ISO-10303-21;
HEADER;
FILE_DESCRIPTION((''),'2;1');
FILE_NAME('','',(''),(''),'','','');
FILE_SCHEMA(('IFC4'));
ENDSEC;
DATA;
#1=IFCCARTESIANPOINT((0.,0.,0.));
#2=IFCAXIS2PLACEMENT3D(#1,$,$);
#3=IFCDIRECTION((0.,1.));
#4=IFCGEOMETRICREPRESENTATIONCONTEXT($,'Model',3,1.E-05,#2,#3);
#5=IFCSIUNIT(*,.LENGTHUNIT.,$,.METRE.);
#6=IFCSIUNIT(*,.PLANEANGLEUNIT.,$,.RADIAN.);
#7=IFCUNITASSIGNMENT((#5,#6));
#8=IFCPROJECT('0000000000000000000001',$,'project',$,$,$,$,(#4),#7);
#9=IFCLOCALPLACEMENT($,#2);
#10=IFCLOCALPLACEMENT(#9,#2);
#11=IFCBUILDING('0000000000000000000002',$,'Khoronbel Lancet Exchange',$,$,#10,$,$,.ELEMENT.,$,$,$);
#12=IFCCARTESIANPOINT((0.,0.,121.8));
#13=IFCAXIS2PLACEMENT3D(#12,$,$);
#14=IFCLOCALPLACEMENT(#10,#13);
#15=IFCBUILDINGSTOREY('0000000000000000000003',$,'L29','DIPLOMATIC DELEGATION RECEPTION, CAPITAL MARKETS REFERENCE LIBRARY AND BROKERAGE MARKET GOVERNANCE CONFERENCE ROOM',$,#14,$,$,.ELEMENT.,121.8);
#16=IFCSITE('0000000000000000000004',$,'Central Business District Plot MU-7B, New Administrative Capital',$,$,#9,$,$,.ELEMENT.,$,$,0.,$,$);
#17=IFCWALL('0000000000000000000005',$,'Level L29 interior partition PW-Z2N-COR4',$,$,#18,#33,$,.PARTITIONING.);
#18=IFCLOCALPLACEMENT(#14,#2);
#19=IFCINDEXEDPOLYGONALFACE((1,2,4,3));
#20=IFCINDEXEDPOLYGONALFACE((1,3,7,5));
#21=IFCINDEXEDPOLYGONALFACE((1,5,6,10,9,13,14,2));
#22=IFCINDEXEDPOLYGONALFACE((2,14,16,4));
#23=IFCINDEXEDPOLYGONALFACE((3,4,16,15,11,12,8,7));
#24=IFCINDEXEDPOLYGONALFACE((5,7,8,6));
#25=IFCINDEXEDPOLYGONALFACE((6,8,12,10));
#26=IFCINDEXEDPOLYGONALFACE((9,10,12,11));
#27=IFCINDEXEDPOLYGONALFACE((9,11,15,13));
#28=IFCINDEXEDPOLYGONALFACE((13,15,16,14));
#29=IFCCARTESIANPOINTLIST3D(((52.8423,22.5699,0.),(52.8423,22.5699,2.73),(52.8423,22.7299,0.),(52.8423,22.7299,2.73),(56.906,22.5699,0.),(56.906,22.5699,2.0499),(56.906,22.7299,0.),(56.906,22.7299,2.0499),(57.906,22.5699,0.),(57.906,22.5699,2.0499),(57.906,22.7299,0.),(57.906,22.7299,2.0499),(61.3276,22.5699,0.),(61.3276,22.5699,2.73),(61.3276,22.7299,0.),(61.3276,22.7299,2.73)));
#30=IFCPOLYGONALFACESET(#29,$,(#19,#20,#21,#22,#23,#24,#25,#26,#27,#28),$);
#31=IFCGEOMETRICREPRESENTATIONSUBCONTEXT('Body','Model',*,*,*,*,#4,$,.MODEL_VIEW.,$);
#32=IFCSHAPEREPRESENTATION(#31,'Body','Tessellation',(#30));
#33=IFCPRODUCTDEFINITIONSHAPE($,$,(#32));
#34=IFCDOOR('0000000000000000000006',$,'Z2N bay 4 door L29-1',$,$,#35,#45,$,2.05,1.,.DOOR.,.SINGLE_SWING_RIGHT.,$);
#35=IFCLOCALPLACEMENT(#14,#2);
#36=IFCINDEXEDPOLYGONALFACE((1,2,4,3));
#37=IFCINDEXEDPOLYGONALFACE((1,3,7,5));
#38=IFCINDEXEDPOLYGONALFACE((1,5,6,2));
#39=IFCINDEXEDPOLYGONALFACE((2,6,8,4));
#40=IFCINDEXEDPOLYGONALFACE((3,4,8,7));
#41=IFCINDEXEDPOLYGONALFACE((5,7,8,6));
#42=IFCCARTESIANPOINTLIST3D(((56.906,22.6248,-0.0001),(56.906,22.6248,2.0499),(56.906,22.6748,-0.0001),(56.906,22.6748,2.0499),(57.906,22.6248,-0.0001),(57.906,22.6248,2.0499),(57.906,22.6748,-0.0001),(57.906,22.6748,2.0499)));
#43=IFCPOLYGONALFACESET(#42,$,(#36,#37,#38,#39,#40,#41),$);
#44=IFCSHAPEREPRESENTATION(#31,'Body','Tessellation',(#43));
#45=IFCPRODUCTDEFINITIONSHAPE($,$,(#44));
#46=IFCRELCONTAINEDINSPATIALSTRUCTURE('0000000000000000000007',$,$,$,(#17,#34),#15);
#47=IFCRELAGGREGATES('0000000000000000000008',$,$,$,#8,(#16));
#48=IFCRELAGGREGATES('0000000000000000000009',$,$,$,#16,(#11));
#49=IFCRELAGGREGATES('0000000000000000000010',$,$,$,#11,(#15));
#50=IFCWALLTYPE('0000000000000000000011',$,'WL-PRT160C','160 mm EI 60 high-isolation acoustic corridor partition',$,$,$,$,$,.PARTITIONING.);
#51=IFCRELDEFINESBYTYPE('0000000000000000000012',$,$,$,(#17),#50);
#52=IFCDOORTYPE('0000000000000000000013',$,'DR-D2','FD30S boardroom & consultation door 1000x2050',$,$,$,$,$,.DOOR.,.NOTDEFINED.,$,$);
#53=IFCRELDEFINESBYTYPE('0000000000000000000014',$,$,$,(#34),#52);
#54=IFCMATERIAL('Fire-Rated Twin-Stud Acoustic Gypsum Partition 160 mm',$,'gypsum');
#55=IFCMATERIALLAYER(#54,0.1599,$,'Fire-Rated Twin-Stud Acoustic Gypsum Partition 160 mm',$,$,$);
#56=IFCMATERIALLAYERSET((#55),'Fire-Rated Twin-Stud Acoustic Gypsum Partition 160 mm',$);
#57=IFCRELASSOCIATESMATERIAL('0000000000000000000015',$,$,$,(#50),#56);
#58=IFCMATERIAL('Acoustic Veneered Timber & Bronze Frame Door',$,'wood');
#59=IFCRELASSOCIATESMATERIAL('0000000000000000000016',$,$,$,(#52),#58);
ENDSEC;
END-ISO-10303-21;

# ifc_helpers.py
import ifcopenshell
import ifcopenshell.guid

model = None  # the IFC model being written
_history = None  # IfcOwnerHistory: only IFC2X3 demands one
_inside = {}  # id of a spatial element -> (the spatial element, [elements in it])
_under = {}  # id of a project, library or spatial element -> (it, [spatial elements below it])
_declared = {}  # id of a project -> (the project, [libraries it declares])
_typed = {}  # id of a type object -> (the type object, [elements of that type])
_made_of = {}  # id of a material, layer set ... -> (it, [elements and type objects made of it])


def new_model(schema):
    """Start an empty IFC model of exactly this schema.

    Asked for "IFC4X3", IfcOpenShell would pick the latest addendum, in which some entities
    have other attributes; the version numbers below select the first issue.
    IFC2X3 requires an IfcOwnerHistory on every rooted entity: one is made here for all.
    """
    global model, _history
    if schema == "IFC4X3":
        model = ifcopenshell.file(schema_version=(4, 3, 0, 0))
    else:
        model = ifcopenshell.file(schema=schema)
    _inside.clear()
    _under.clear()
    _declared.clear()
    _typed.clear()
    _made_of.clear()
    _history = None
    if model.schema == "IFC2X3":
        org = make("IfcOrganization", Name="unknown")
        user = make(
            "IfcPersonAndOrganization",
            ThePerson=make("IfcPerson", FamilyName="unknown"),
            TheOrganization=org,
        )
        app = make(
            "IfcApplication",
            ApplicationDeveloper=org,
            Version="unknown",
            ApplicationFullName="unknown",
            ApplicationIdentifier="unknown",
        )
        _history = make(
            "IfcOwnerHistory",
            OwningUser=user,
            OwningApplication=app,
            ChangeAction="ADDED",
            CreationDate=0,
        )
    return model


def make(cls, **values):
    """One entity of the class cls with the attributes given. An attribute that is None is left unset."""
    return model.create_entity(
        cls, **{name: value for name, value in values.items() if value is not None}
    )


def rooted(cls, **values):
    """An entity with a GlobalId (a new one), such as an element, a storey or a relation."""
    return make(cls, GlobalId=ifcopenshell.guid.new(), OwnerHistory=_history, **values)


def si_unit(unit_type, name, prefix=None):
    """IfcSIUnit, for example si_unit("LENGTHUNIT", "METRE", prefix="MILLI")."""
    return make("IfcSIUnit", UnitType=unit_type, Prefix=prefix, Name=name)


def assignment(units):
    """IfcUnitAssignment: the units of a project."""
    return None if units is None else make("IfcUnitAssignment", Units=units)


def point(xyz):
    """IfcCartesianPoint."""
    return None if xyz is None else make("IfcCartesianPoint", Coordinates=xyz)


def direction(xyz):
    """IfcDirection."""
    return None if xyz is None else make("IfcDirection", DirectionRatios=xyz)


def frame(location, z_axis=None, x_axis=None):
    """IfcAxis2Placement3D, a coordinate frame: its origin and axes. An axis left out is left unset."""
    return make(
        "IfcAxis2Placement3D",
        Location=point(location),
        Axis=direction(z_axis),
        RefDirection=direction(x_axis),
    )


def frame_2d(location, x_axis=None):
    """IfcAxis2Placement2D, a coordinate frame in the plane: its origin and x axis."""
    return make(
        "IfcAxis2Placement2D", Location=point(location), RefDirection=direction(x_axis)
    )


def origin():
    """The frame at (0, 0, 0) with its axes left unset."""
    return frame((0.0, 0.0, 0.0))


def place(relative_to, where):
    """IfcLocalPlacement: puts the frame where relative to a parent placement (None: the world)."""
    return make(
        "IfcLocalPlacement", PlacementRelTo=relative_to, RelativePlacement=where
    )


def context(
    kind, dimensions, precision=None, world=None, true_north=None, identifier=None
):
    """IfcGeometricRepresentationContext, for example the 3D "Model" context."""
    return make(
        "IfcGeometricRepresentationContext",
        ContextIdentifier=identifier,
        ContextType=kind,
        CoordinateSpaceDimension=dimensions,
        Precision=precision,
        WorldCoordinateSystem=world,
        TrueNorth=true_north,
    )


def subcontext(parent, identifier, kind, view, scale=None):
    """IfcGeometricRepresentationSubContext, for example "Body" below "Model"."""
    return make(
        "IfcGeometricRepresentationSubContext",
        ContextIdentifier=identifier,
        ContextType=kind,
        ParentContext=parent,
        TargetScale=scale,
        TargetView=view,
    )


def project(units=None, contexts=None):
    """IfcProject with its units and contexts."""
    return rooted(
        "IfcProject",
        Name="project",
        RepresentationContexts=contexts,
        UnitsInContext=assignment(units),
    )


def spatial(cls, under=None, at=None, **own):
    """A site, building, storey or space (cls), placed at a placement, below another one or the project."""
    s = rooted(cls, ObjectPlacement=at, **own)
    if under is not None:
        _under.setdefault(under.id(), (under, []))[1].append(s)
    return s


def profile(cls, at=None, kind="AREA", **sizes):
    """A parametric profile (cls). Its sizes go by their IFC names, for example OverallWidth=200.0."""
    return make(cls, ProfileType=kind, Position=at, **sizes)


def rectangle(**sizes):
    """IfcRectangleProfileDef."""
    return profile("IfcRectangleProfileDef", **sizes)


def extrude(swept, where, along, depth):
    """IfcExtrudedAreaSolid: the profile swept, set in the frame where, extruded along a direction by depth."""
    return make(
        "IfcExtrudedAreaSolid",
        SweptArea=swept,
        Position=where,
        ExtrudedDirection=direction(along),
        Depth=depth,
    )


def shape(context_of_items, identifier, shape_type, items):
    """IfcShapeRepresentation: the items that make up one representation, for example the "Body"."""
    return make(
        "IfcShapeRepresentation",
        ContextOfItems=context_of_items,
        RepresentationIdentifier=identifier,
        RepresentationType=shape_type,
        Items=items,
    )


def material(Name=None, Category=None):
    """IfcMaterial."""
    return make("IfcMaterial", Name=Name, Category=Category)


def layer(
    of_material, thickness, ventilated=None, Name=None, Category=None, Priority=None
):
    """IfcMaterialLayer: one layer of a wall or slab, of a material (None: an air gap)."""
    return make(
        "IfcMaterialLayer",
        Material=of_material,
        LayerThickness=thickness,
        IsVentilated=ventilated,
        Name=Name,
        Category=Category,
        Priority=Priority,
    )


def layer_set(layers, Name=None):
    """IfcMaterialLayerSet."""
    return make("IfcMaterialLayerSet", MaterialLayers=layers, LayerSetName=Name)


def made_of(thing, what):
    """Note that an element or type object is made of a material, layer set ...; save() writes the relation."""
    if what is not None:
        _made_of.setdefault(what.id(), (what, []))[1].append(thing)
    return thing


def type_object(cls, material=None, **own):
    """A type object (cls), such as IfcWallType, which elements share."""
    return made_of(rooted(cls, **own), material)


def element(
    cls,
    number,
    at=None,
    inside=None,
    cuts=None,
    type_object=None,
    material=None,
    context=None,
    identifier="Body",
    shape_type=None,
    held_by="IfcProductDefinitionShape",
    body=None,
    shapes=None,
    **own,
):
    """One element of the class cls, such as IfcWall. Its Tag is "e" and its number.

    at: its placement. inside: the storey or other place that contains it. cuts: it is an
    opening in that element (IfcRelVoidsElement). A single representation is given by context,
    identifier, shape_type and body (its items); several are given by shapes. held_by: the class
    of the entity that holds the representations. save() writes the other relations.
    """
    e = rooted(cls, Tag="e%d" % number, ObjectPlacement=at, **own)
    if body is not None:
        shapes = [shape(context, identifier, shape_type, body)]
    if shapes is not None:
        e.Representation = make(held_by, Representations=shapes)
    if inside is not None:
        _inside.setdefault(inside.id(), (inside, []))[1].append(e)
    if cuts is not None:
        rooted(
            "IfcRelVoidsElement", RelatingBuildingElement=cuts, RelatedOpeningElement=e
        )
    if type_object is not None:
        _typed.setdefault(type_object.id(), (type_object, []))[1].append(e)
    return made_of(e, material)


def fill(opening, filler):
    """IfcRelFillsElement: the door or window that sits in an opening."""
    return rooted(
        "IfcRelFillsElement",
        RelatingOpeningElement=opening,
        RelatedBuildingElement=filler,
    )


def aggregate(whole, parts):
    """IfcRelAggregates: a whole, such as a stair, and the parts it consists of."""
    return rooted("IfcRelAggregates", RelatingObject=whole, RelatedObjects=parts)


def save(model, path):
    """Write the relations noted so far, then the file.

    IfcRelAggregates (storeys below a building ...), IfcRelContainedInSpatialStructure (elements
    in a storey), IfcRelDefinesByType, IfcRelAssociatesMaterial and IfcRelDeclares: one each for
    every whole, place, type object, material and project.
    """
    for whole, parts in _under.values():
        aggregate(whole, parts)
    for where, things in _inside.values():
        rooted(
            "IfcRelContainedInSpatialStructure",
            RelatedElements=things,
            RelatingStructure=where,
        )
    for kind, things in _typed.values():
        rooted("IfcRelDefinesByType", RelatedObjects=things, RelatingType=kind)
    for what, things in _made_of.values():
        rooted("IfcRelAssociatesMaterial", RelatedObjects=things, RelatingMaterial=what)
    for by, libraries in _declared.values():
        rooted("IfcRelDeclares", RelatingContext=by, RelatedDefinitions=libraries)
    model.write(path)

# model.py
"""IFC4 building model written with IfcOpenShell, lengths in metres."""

from ifc_helpers import new_model, si_unit, direction, frame, frame_2d, origin, place, context, subcontext, project, spatial, rectangle, extrude, material, layer, layer_set, type_object, element, fill, save


model = new_model("IFC4")

# Units and contexts
model_context = context("Model", 3, precision=1e-05, world=origin(), true_north=direction((0.0, 1.0)))
body_context = subcontext(model_context, "Body", "Model", "MODEL_VIEW")
ifc_project = project(units=[si_unit("LENGTHUNIT", "METRE"), si_unit("PLANEANGLEUNIT", "RADIAN")], contexts=[model_context])

# Site, building, storey
site_placement = place(None, origin())
site = spatial("IfcSite", under=ifc_project, at=site_placement, Name="Central Business District Plot MU-7B, New Administrative Capital", CompositionType="ELEMENT", RefElevation=0.0)
building_placement = place(site_placement, origin())
building = spatial("IfcBuilding", under=site, at=building_placement, Name="Khoronbel Lancet Exchange", CompositionType="ELEMENT")
storey_placement = place(building_placement, frame((0.0, 0.0, 121.8)))
storey = spatial("IfcBuildingStorey", under=building, at=storey_placement, Name="L29", Description="DIPLOMATIC DELEGATION RECEPTION, CAPITAL MARKETS REFERENCE LIBRARY AND BROKERAGE MARKET GOVERNANCE CONFERENCE ROOM", CompositionType="ELEMENT", Elevation=121.8)

# Wall, opening, door
ifc_material_1 = material(Name="Fire-Rated Twin-Stud Acoustic Gypsum Partition 160 mm", Category="gypsum")
ifc_layer_1 = layer(ifc_material_1, 0.1599, Name="Fire-Rated Twin-Stud Acoustic Gypsum Partition 160 mm")
ifc_layer_set_1 = layer_set([ifc_layer_1], Name="Fire-Rated Twin-Stud Acoustic Gypsum Partition 160 mm")
wall_type_1 = type_object("IfcWallType", Name="WL-PRT160C", Description="160 mm EI 60 high-isolation acoustic corridor partition", PredefinedType="PARTITIONING", material=ifc_layer_set_1)
ifc_material_2 = material(Name="Acoustic Veneered Timber & Bronze Frame Door", Category="wood")
door_type_1 = type_object("IfcDoorType", Name="DR-D2", Description="FD30S boardroom & consultation door 1000x2050", OperationType="NOTDEFINED", PredefinedType="DOOR", material=ifc_material_2)
wall_1_placement = place(storey_placement, frame((52.8423, 22.6499, 0.0), z_axis=(0.0, 0.0, 1.0), x_axis=(1.0, 0.0, 0.0)))
wall_1 = element("IfcWall", 1, at=wall_1_placement, inside=storey, type_object=wall_type_1, Name="Level L29 interior partition PW-Z2N-COR4", PredefinedType="PARTITIONING", context=body_context, shape_type="SweptSolid", body=[
    extrude(rectangle(XDim=8.4854, YDim=0.1599, at=frame_2d((4.2427, 0.0))), origin(), (0.0, 0.0, 1.0), 2.73),
])
opening_1_placement = place(wall_1_placement, frame((4.0637, 0.0, 0.0)))
opening_1 = element("IfcOpeningElement", 2, at=opening_1_placement, cuts=wall_1, PredefinedType="OPENING", context=body_context, shape_type="SweptSolid", body=[
    extrude(rectangle(XDim=1.0, YDim=2.05, at=frame_2d((0.5, 1.0249))), frame((0.0, 0.0898, 0.0), z_axis=(0.0, -1.0, 0.0), x_axis=(1.0, 0.0, 0.0)), (0.0, 0.0, 1.0), 0.1799),
])
door_1_placement = place(opening_1_placement, origin())
door_1 = element("IfcDoor", 3, at=door_1_placement, inside=storey, type_object=door_type_1, Name="Z2N bay 4 door L29-1", OperationType="SINGLE_SWING_RIGHT", OverallHeight=2.05, OverallWidth=1.0, PredefinedType="DOOR", context=body_context, shape_type="SweptSolid", body=[
    extrude(rectangle(XDim=1.0, YDim=2.05, at=frame_2d((0.5, 1.0249))), frame((0.0, 0.0249, 0.0), z_axis=(0.0, -1.0, 0.0), x_axis=(1.0, 0.0, 0.0)), (0.0, 0.0, 1.0), 0.05),
])
fill(opening_1, door_1)

save(model, "model.ifc")
